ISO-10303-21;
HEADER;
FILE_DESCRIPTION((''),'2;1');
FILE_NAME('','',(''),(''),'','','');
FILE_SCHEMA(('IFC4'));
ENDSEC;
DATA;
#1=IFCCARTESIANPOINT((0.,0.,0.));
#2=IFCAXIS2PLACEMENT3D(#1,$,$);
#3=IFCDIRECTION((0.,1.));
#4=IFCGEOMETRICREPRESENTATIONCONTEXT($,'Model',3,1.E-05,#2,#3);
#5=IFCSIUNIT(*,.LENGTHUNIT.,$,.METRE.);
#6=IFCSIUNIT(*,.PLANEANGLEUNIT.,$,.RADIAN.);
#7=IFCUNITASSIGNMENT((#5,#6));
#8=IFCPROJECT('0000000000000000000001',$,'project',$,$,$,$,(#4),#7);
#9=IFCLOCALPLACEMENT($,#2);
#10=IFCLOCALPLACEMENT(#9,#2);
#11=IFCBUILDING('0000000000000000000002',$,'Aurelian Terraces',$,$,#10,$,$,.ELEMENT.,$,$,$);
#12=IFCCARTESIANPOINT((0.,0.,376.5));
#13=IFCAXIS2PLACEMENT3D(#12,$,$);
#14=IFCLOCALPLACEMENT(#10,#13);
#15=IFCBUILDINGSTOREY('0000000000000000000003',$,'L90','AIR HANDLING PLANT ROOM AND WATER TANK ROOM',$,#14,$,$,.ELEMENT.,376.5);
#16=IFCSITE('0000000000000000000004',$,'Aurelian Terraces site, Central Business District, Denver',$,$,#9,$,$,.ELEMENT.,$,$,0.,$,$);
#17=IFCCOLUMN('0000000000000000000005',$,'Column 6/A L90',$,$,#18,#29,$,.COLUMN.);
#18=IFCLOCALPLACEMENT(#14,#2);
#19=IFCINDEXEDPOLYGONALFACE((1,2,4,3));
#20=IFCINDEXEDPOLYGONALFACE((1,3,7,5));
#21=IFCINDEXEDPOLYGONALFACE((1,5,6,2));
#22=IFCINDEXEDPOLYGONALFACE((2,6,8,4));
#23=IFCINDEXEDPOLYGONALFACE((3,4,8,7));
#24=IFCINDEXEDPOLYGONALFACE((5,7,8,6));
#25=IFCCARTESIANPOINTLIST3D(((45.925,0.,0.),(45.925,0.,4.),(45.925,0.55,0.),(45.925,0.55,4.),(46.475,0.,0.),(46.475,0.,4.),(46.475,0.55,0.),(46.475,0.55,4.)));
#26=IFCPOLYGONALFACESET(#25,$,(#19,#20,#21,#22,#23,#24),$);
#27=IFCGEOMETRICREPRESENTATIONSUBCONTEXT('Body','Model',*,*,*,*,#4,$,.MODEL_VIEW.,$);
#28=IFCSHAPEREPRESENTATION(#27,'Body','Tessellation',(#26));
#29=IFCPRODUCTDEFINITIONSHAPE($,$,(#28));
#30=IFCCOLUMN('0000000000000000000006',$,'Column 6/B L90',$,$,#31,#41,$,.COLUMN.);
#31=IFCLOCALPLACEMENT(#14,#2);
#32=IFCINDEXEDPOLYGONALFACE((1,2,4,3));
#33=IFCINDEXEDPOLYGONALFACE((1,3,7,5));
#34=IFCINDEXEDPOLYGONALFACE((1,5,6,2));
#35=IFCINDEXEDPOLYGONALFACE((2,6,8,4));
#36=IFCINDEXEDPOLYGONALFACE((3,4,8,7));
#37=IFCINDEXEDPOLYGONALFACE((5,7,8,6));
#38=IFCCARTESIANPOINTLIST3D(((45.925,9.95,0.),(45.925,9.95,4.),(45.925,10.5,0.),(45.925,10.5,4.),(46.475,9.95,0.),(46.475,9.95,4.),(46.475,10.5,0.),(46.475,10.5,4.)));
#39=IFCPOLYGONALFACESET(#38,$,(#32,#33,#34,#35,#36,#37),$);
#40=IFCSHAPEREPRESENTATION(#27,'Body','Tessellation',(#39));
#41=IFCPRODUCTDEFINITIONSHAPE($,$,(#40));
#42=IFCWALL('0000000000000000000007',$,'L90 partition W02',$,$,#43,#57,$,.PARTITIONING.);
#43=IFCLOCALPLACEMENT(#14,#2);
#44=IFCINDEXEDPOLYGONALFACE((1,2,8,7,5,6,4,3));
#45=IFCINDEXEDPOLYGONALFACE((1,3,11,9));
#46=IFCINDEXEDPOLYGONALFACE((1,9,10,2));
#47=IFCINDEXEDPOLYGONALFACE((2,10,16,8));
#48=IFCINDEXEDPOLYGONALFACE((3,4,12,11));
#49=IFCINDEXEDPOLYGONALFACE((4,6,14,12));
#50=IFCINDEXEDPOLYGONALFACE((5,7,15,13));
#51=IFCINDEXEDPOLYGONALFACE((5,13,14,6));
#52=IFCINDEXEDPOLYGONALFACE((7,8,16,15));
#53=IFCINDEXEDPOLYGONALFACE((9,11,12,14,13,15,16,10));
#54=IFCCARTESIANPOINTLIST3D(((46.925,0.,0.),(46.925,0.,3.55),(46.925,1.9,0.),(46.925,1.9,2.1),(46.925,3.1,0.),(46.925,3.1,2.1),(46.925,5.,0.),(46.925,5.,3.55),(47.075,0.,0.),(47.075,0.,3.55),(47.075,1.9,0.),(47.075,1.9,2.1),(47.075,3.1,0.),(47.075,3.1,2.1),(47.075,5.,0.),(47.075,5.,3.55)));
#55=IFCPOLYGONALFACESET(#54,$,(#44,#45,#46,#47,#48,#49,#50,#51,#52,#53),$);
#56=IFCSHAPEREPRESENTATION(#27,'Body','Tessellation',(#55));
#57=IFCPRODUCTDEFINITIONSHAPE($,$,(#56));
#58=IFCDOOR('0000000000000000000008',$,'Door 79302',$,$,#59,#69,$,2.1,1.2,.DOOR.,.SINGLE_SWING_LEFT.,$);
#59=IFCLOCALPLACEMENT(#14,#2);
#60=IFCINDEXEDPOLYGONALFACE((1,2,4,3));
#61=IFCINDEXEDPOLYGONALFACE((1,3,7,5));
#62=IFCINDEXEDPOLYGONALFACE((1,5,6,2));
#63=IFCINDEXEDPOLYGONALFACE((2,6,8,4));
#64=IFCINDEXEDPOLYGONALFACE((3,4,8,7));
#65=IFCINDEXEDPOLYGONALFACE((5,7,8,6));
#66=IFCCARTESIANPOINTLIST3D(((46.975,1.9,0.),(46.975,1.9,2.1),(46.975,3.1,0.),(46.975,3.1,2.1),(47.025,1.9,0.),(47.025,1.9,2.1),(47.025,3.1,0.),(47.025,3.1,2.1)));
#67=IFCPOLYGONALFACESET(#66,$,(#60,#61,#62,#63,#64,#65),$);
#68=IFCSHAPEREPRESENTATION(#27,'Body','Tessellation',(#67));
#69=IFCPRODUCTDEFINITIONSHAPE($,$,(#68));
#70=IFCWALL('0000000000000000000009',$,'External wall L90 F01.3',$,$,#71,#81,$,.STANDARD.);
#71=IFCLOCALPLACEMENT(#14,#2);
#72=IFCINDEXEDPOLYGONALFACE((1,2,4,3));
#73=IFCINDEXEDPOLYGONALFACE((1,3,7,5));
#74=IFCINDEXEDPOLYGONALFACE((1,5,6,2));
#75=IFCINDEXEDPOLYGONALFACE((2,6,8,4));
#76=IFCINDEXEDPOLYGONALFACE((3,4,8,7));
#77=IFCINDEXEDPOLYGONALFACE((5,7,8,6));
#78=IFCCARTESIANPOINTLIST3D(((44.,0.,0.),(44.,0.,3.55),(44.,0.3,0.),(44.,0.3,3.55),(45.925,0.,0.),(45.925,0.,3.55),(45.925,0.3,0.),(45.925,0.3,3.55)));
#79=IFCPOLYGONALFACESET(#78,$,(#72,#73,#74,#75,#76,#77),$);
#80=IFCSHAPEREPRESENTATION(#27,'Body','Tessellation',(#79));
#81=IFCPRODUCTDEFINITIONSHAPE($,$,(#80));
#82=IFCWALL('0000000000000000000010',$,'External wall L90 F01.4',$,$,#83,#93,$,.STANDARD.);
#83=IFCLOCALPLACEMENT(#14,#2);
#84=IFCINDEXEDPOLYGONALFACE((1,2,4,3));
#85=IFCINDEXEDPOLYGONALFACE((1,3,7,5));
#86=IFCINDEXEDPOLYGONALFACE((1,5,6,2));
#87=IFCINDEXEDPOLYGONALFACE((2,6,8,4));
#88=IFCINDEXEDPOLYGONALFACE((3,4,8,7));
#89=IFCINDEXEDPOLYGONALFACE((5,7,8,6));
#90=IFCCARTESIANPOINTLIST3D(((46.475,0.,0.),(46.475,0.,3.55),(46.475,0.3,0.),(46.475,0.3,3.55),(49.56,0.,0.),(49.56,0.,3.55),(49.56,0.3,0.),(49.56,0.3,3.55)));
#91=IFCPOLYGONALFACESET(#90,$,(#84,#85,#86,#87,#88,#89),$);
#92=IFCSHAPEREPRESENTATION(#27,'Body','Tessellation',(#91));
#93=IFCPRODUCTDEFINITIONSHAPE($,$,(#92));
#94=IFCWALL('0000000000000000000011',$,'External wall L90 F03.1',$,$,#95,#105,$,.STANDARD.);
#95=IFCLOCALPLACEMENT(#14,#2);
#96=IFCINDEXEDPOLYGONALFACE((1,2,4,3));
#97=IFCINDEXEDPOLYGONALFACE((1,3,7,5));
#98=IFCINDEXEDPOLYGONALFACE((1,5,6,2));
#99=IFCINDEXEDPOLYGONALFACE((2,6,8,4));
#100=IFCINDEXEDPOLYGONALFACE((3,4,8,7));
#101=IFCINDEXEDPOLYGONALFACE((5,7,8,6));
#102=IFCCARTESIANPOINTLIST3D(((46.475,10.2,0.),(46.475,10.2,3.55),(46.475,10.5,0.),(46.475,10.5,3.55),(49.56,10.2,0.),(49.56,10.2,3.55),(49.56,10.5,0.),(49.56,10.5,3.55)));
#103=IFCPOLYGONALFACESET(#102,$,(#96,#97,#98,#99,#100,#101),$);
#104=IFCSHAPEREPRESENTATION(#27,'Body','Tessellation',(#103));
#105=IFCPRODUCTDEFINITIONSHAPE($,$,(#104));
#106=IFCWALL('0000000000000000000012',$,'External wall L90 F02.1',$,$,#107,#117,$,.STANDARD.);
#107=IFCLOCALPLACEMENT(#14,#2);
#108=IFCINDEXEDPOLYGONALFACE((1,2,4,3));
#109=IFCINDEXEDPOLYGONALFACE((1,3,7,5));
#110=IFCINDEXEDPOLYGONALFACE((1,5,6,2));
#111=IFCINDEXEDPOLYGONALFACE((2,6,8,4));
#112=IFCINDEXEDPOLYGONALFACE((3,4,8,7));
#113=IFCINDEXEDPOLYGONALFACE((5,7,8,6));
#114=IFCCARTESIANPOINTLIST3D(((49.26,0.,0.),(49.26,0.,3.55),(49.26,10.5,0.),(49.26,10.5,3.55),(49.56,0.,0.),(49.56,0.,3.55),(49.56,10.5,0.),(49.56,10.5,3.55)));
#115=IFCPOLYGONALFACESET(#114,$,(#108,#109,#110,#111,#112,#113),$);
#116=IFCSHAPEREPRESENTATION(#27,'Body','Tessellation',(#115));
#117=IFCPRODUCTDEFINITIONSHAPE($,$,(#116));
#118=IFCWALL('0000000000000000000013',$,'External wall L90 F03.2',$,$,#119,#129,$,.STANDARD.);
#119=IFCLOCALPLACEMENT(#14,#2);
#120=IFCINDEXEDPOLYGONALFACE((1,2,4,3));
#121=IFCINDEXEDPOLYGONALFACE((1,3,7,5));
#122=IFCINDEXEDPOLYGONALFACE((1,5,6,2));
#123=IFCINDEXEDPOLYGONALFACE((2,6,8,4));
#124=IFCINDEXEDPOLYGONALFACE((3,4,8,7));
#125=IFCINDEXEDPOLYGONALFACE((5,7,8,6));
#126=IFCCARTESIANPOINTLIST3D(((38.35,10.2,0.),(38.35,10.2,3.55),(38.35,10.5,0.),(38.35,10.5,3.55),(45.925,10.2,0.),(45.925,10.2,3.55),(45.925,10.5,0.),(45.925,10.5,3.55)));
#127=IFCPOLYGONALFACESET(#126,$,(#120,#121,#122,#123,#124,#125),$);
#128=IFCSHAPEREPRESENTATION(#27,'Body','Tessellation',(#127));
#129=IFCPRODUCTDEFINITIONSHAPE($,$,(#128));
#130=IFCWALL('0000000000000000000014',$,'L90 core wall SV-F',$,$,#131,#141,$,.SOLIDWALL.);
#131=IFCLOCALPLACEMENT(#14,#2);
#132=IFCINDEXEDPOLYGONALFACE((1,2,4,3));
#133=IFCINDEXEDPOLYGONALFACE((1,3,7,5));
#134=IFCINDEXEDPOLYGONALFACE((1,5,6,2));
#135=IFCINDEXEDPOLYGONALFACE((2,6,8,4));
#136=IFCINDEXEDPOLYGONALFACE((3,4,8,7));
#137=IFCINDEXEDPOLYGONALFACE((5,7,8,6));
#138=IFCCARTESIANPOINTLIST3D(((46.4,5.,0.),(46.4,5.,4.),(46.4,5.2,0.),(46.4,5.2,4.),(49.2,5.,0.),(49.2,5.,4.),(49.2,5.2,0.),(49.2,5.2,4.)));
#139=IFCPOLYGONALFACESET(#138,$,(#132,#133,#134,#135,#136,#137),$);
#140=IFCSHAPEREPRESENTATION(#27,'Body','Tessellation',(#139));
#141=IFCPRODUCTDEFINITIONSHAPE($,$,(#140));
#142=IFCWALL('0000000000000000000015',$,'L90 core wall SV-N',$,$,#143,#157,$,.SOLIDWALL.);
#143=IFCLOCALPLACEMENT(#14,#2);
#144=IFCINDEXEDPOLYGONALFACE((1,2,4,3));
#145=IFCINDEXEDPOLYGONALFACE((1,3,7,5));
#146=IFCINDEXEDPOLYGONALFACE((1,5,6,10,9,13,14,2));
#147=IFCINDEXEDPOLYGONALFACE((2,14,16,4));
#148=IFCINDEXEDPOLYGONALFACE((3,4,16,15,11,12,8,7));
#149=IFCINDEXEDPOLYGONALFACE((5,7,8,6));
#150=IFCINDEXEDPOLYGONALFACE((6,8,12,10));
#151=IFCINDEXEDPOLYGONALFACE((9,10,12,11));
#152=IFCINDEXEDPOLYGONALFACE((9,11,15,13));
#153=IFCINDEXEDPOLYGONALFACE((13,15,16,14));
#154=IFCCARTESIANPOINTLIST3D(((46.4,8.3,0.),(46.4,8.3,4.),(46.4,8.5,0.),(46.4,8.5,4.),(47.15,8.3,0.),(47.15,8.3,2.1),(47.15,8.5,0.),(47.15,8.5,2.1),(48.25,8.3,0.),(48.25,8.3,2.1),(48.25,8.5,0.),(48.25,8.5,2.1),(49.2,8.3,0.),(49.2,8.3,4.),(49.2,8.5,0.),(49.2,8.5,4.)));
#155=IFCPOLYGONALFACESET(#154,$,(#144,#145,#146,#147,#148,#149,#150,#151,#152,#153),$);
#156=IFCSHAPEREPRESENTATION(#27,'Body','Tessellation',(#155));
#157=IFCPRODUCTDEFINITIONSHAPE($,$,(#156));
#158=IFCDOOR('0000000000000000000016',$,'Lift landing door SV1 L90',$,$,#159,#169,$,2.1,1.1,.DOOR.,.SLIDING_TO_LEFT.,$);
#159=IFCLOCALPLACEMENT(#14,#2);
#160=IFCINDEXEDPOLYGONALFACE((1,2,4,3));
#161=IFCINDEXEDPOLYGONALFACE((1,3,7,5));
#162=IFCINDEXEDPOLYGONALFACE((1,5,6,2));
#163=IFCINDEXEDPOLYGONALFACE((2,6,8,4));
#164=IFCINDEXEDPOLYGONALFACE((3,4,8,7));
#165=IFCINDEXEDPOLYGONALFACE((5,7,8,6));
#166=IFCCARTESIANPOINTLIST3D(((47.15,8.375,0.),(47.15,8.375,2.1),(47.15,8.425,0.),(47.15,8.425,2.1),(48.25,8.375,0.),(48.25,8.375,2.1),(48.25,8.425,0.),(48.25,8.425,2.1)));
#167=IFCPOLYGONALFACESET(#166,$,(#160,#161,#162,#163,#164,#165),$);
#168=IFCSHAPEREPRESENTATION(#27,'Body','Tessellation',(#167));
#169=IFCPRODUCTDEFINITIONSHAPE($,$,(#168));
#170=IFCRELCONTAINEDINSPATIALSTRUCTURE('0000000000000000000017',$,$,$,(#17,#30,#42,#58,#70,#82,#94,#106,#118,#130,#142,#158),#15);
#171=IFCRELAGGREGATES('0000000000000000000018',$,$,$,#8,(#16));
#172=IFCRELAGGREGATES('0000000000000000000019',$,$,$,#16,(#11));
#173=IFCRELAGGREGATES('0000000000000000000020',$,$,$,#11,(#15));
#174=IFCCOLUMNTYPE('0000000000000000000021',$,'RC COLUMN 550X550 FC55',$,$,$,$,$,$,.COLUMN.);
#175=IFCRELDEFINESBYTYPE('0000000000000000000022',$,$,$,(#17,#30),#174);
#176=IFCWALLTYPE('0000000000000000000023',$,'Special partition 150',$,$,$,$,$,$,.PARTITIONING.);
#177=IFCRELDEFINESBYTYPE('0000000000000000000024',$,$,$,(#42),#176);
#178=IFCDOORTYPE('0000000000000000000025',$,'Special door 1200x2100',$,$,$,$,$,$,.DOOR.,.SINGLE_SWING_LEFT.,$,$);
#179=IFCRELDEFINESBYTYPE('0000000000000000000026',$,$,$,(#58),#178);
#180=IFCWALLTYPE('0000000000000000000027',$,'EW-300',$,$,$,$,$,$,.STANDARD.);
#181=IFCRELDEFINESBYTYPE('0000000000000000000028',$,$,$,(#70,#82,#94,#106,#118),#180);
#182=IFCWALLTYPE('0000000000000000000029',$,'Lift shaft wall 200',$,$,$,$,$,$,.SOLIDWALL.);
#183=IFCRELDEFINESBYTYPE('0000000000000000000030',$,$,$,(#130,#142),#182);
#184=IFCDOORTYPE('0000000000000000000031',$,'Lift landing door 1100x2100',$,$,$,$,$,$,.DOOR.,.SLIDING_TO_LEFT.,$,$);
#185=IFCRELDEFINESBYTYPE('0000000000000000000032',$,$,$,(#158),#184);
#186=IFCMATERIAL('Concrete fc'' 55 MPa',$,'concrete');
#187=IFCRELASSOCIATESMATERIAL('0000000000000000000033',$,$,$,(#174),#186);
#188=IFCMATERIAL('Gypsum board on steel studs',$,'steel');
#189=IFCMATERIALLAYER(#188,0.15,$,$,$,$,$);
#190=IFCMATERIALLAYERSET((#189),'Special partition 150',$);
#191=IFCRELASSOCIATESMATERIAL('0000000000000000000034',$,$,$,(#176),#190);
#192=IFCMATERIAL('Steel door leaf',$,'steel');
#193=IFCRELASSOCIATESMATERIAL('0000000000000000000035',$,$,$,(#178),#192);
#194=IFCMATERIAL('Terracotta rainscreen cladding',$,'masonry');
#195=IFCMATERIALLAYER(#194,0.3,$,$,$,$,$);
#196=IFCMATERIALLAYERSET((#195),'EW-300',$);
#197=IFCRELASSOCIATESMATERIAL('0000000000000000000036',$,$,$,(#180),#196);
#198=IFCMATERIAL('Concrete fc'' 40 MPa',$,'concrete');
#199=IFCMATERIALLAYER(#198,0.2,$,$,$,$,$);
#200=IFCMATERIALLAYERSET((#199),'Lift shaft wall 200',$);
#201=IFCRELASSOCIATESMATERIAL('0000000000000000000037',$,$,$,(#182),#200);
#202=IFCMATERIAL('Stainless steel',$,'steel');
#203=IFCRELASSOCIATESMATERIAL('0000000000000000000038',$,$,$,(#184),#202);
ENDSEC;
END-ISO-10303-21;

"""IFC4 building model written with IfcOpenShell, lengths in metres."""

from ifc_helpers import new_model, si_unit, direction, frame, frame_2d, origin, origin_2d, place, context, subcontext, project, spatial, rectangle, extrude, source, transform, mapped, material, layer, layer_set, material_profile, profile_set, type_object, element, fill, save


model = new_model("IFC4")

# Units and contexts
model_context = context("Model", 3, precision=1e-05, world=origin(), true_north=direction((0.0, 1.0)))
body_context = subcontext(model_context, "Body", "Model", "MODEL_VIEW")
ifc_project = project(units=[si_unit("LENGTHUNIT", "METRE"), si_unit("PLANEANGLEUNIT", "RADIAN")], contexts=[model_context])

# Site, building, storey
site_placement = place(None, origin())
site = spatial("IfcSite", under=ifc_project, at=site_placement, Name="Aurelian Terraces site, Central Business District, Denver", CompositionType="ELEMENT", RefElevation=0.0)
building_placement = place(site_placement, origin())
building = spatial("IfcBuilding", under=site, at=building_placement, Name="Aurelian Terraces", CompositionType="ELEMENT")
storey_placement = place(building_placement, frame((0.0, 0.0, 376.5)))
storey = spatial("IfcBuildingStorey", under=building, at=storey_placement, Name="L90", Description="AIR HANDLING PLANT ROOM AND WATER TANK ROOM", CompositionType="ELEMENT", Elevation=376.5)

# Columns
ifc_material_1 = material(Name="Concrete fc' 55 MPa", Category="concrete")
ifc_material_profile = material_profile(ifc_material_1, rectangle(XDim=0.55, YDim=0.55, at=origin_2d()))
ifc_profile_set = profile_set([ifc_material_profile], Name="Concrete fc' 55 MPa")
column_type = type_object("IfcColumnType", Name="RC COLUMN 550X550 FC55", PredefinedType="COLUMN", material=ifc_profile_set)
shared_shape_1 = source(origin(), body_context, "Body", "SweptSolid", [
    extrude(rectangle(XDim=0.55, YDim=0.55, at=origin_2d()), origin(), (0.0, 0.0, 1.0), 4.0),
])
for number, where, z_axis, x_axis, name in (
    (1, (46.2, 0.275, 0.0), (0.0, 0.0, 1.0), (1.0, 0.0, 0.0), "Column 6/A L90"),
    (2, (46.2, 10.225, 0.0), (0.0, 0.0, 1.0), (1.0, 0.0, 0.0), "Column 6/B L90"),
):
    element("IfcColumn", number, at=place(storey_placement, frame(where, z_axis=z_axis, x_axis=x_axis)), inside=storey, type_object=column_type, Name=name, PredefinedType="COLUMN", context=body_context, shape_type="MappedRepresentation", body=[
        mapped(shared_shape_1, transform((0.0, 0.0, 0.0), scale=1.0)),
    ])

# Wall, opening, door
ifc_material_2 = material(Name="Gypsum board on steel studs", Category="steel")
ifc_layer_1 = layer(ifc_material_2, 0.15)
ifc_layer_set_1 = layer_set([ifc_layer_1], Name="Special partition 150")
wall_type_1 = type_object("IfcWallType", Name="Special partition 150", PredefinedType="PARTITIONING", material=ifc_layer_set_1)
wall_1_placement = place(storey_placement, frame((47.0, 0.0, 0.0), z_axis=(0.0, 0.0, 1.0), x_axis=(0.0, 1.0, 0.0)))
wall_1 = element("IfcWall", 3, at=wall_1_placement, inside=storey, type_object=wall_type_1, Name="L90 partition W02", PredefinedType="PARTITIONING", context=body_context, shape_type="SweptSolid", body=[
    extrude(rectangle(XDim=5.0, YDim=0.15, at=frame_2d((2.5, 0.0))), origin(), (0.0, 0.0, 1.0), 3.55),
])
shared_shape_2 = source(origin(), body_context, "Body", "SweptSolid", [
    extrude(rectangle(XDim=1.2, YDim=2.1, at=frame_2d((0.6, 1.05))), frame((0.0, 0.085, 0.0), z_axis=(0.0, -1.0, 0.0), x_axis=(1.0, 0.0, 0.0)), (0.0, 0.0, 1.0), 0.17),
])
opening_1_placement = place(wall_1_placement, frame((1.9, 0.0, 0.0)))
opening_1 = element("IfcOpeningElement", 4, at=opening_1_placement, cuts=wall_1, PredefinedType="OPENING", context=body_context, shape_type="MappedRepresentation", body=[
    mapped(shared_shape_2, transform((0.0, 0.0, 0.0), scale=1.0)),
])
ifc_material_3 = material(Name="Steel door leaf", Category="steel")
door_type_1 = type_object("IfcDoorType", Name="Special door 1200x2100", OperationType="SINGLE_SWING_LEFT", PredefinedType="DOOR", material=ifc_material_3)
shared_shape_3 = source(origin(), body_context, "Body", "SweptSolid", [
    extrude(rectangle(XDim=1.2, YDim=2.1, at=frame_2d((0.6, 1.05))), frame((0.0, 0.025, 0.0), z_axis=(0.0, -1.0, 0.0), x_axis=(1.0, 0.0, 0.0)), (0.0, 0.0, 1.0), 0.05),
])
door_1_placement = place(opening_1_placement, origin())
door_1 = element("IfcDoor", 5, at=door_1_placement, inside=storey, type_object=door_type_1, Name="Door 79302", OperationType="SINGLE_SWING_LEFT", OverallHeight=2.1, OverallWidth=1.2, PredefinedType="DOOR", context=body_context, shape_type="MappedRepresentation", body=[
    mapped(shared_shape_3, transform((0.0, 0.0, 0.0), scale=1.0)),
])
fill(opening_1, door_1)

# Walls
ifc_material_4 = material(Name="Terracotta rainscreen cladding", Category="masonry")
ifc_layer_2 = layer(ifc_material_4, 0.3)
ifc_layer_set_2 = layer_set([ifc_layer_2], Name="EW-300")
wall_type_2 = type_object("IfcWallType", Name="EW-300", PredefinedType="STANDARD", material=ifc_layer_set_2)
shared_shape_4 = source(origin(), body_context, "Body", "SweptSolid", [
    extrude(rectangle(XDim=1.925, YDim=0.3, at=frame_2d((0.9625, 0.0))), origin(), (0.0, 0.0, 1.0), 3.55),
])
wall_2_placement = place(storey_placement, frame((44.0, 0.15, 0.0), z_axis=(0.0, 0.0, 1.0), x_axis=(1.0, 0.0, 0.0)))
element("IfcWall", 6, at=wall_2_placement, inside=storey, type_object=wall_type_2, Name="External wall L90 F01.3", PredefinedType="STANDARD", context=body_context, shape_type="MappedRepresentation", body=[
    mapped(shared_shape_4, transform((0.0, 0.0, 0.0), scale=1.0)),
])
shared_shape_5 = source(origin(), body_context, "Body", "SweptSolid", [
    extrude(rectangle(XDim=3.085, YDim=0.3, at=frame_2d((1.5425, 0.0))), origin(), (0.0, 0.0, 1.0), 3.55),
])
for number, where, z_axis, x_axis, name in (
    (7, (46.475, 0.15, 0.0), (0.0, 0.0, 1.0), (1.0, 0.0, 0.0), "External wall L90 F01.4"),
    (8, (49.56, 10.35, 0.0), (0.0, 0.0, 1.0), (-1.0, 0.0, 0.0), "External wall L90 F03.1"),
):
    element("IfcWall", number, at=place(storey_placement, frame(where, z_axis=z_axis, x_axis=x_axis)), inside=storey, type_object=wall_type_2, Name=name, PredefinedType="STANDARD", context=body_context, shape_type="MappedRepresentation", body=[
        mapped(shared_shape_5, transform((0.0, 0.0, 0.0), scale=1.0)),
    ])
shared_shape_6 = source(origin(), body_context, "Body", "SweptSolid", [
    extrude(rectangle(XDim=10.5, YDim=0.3, at=frame_2d((5.25, 0.0))), origin(), (0.0, 0.0, 1.0), 3.55),
])
wall_3_placement = place(storey_placement, frame((49.41, 0.0, 0.0), z_axis=(0.0, 0.0, 1.0), x_axis=(0.0, 1.0, 0.0)))
element("IfcWall", 9, at=wall_3_placement, inside=storey, type_object=wall_type_2, Name="External wall L90 F02.1", PredefinedType="STANDARD", context=body_context, shape_type="MappedRepresentation", body=[
    mapped(shared_shape_6, transform((0.0, 0.0, 0.0), scale=1.0)),
])
shared_shape_7 = source(origin(), body_context, "Body", "SweptSolid", [
    extrude(rectangle(XDim=7.575, YDim=0.3, at=frame_2d((3.7875, 0.0))), origin(), (0.0, 0.0, 1.0), 3.55),
])
wall_4_placement = place(storey_placement, frame((45.925, 10.35, 0.0), z_axis=(0.0, 0.0, 1.0), x_axis=(-1.0, 0.0, 0.0)))
element("IfcWall", 10, at=wall_4_placement, inside=storey, type_object=wall_type_2, Name="External wall L90 F03.2", PredefinedType="STANDARD", context=body_context, shape_type="MappedRepresentation", body=[
    mapped(shared_shape_7, transform((0.0, 0.0, 0.0), scale=1.0)),
])
ifc_material_5 = material(Name="Concrete fc' 40 MPa", Category="concrete")
ifc_layer_3 = layer(ifc_material_5, 0.2)
ifc_layer_set_3 = layer_set([ifc_layer_3], Name="Lift shaft wall 200")
wall_type_3 = type_object("IfcWallType", Name="Lift shaft wall 200", PredefinedType="SOLIDWALL", material=ifc_layer_set_3)
shared_shape_8 = source(origin(), body_context, "Body", "SweptSolid", [
    extrude(rectangle(XDim=2.8, YDim=0.2, at=frame_2d((1.4, 0.0))), origin(), (0.0, 0.0, 1.0), 4.0),
])
wall_5_placement = place(storey_placement, frame((46.4, 5.1, 0.0), z_axis=(0.0, 0.0, 1.0), x_axis=(1.0, 0.0, 0.0)))
element("IfcWall", 11, at=wall_5_placement, inside=storey, type_object=wall_type_3, Name="L90 core wall SV-F", PredefinedType="SOLIDWALL", context=body_context, shape_type="MappedRepresentation", body=[
    mapped(shared_shape_8, transform((0.0, 0.0, 0.0), scale=1.0)),
])

# Wall, opening, door
wall_6_placement = place(storey_placement, frame((46.4, 8.4, 0.0), z_axis=(0.0, 0.0, 1.0), x_axis=(1.0, 0.0, 0.0)))
wall_6 = element("IfcWall", 12, at=wall_6_placement, inside=storey, type_object=wall_type_3, Name="L90 core wall SV-N", PredefinedType="SOLIDWALL", context=body_context, shape_type="MappedRepresentation", body=[
    mapped(shared_shape_8, transform((0.0, 0.0, 0.0), scale=1.0)),
])
shared_shape_9 = source(origin(), body_context, "Body", "SweptSolid", [
    extrude(rectangle(XDim=1.1, YDim=2.1, at=frame_2d((0.55, 1.05))), frame((0.0, 0.11, 0.0), z_axis=(0.0, -1.0, 0.0), x_axis=(1.0, 0.0, 0.0)), (0.0, 0.0, 1.0), 0.22),
])
opening_2_placement = place(wall_6_placement, frame((0.75, 0.0, 0.0)))
opening_2 = element("IfcOpeningElement", 13, at=opening_2_placement, cuts=wall_6, PredefinedType="OPENING", context=body_context, shape_type="MappedRepresentation", body=[
    mapped(shared_shape_9, transform((0.0, 0.0, 0.0), scale=1.0)),
])
ifc_material_6 = material(Name="Stainless steel", Category="steel")
door_type_2 = type_object("IfcDoorType", Name="Lift landing door 1100x2100", OperationType="SLIDING_TO_LEFT", PredefinedType="DOOR", material=ifc_material_6)
shared_shape_10 = source(origin(), body_context, "Body", "SweptSolid", [
    extrude(rectangle(XDim=1.1, YDim=2.1, at=frame_2d((0.55, 1.05))), frame((0.0, 0.025, 0.0), z_axis=(0.0, -1.0, 0.0), x_axis=(1.0, 0.0, 0.0)), (0.0, 0.0, 1.0), 0.05),
])
door_2_placement = place(opening_2_placement, origin())
door_2 = element("IfcDoor", 14, at=door_2_placement, inside=storey, type_object=door_type_2, Name="Lift landing door SV1 L90", OperationType="SLIDING_TO_LEFT", OverallHeight=2.1, OverallWidth=1.1, PredefinedType="DOOR", context=body_context, shape_type="MappedRepresentation", body=[
    mapped(shared_shape_10, transform((0.0, 0.0, 0.0), scale=1.0)),
])
fill(opening_2, door_2)

save(model, "model.ifc")
